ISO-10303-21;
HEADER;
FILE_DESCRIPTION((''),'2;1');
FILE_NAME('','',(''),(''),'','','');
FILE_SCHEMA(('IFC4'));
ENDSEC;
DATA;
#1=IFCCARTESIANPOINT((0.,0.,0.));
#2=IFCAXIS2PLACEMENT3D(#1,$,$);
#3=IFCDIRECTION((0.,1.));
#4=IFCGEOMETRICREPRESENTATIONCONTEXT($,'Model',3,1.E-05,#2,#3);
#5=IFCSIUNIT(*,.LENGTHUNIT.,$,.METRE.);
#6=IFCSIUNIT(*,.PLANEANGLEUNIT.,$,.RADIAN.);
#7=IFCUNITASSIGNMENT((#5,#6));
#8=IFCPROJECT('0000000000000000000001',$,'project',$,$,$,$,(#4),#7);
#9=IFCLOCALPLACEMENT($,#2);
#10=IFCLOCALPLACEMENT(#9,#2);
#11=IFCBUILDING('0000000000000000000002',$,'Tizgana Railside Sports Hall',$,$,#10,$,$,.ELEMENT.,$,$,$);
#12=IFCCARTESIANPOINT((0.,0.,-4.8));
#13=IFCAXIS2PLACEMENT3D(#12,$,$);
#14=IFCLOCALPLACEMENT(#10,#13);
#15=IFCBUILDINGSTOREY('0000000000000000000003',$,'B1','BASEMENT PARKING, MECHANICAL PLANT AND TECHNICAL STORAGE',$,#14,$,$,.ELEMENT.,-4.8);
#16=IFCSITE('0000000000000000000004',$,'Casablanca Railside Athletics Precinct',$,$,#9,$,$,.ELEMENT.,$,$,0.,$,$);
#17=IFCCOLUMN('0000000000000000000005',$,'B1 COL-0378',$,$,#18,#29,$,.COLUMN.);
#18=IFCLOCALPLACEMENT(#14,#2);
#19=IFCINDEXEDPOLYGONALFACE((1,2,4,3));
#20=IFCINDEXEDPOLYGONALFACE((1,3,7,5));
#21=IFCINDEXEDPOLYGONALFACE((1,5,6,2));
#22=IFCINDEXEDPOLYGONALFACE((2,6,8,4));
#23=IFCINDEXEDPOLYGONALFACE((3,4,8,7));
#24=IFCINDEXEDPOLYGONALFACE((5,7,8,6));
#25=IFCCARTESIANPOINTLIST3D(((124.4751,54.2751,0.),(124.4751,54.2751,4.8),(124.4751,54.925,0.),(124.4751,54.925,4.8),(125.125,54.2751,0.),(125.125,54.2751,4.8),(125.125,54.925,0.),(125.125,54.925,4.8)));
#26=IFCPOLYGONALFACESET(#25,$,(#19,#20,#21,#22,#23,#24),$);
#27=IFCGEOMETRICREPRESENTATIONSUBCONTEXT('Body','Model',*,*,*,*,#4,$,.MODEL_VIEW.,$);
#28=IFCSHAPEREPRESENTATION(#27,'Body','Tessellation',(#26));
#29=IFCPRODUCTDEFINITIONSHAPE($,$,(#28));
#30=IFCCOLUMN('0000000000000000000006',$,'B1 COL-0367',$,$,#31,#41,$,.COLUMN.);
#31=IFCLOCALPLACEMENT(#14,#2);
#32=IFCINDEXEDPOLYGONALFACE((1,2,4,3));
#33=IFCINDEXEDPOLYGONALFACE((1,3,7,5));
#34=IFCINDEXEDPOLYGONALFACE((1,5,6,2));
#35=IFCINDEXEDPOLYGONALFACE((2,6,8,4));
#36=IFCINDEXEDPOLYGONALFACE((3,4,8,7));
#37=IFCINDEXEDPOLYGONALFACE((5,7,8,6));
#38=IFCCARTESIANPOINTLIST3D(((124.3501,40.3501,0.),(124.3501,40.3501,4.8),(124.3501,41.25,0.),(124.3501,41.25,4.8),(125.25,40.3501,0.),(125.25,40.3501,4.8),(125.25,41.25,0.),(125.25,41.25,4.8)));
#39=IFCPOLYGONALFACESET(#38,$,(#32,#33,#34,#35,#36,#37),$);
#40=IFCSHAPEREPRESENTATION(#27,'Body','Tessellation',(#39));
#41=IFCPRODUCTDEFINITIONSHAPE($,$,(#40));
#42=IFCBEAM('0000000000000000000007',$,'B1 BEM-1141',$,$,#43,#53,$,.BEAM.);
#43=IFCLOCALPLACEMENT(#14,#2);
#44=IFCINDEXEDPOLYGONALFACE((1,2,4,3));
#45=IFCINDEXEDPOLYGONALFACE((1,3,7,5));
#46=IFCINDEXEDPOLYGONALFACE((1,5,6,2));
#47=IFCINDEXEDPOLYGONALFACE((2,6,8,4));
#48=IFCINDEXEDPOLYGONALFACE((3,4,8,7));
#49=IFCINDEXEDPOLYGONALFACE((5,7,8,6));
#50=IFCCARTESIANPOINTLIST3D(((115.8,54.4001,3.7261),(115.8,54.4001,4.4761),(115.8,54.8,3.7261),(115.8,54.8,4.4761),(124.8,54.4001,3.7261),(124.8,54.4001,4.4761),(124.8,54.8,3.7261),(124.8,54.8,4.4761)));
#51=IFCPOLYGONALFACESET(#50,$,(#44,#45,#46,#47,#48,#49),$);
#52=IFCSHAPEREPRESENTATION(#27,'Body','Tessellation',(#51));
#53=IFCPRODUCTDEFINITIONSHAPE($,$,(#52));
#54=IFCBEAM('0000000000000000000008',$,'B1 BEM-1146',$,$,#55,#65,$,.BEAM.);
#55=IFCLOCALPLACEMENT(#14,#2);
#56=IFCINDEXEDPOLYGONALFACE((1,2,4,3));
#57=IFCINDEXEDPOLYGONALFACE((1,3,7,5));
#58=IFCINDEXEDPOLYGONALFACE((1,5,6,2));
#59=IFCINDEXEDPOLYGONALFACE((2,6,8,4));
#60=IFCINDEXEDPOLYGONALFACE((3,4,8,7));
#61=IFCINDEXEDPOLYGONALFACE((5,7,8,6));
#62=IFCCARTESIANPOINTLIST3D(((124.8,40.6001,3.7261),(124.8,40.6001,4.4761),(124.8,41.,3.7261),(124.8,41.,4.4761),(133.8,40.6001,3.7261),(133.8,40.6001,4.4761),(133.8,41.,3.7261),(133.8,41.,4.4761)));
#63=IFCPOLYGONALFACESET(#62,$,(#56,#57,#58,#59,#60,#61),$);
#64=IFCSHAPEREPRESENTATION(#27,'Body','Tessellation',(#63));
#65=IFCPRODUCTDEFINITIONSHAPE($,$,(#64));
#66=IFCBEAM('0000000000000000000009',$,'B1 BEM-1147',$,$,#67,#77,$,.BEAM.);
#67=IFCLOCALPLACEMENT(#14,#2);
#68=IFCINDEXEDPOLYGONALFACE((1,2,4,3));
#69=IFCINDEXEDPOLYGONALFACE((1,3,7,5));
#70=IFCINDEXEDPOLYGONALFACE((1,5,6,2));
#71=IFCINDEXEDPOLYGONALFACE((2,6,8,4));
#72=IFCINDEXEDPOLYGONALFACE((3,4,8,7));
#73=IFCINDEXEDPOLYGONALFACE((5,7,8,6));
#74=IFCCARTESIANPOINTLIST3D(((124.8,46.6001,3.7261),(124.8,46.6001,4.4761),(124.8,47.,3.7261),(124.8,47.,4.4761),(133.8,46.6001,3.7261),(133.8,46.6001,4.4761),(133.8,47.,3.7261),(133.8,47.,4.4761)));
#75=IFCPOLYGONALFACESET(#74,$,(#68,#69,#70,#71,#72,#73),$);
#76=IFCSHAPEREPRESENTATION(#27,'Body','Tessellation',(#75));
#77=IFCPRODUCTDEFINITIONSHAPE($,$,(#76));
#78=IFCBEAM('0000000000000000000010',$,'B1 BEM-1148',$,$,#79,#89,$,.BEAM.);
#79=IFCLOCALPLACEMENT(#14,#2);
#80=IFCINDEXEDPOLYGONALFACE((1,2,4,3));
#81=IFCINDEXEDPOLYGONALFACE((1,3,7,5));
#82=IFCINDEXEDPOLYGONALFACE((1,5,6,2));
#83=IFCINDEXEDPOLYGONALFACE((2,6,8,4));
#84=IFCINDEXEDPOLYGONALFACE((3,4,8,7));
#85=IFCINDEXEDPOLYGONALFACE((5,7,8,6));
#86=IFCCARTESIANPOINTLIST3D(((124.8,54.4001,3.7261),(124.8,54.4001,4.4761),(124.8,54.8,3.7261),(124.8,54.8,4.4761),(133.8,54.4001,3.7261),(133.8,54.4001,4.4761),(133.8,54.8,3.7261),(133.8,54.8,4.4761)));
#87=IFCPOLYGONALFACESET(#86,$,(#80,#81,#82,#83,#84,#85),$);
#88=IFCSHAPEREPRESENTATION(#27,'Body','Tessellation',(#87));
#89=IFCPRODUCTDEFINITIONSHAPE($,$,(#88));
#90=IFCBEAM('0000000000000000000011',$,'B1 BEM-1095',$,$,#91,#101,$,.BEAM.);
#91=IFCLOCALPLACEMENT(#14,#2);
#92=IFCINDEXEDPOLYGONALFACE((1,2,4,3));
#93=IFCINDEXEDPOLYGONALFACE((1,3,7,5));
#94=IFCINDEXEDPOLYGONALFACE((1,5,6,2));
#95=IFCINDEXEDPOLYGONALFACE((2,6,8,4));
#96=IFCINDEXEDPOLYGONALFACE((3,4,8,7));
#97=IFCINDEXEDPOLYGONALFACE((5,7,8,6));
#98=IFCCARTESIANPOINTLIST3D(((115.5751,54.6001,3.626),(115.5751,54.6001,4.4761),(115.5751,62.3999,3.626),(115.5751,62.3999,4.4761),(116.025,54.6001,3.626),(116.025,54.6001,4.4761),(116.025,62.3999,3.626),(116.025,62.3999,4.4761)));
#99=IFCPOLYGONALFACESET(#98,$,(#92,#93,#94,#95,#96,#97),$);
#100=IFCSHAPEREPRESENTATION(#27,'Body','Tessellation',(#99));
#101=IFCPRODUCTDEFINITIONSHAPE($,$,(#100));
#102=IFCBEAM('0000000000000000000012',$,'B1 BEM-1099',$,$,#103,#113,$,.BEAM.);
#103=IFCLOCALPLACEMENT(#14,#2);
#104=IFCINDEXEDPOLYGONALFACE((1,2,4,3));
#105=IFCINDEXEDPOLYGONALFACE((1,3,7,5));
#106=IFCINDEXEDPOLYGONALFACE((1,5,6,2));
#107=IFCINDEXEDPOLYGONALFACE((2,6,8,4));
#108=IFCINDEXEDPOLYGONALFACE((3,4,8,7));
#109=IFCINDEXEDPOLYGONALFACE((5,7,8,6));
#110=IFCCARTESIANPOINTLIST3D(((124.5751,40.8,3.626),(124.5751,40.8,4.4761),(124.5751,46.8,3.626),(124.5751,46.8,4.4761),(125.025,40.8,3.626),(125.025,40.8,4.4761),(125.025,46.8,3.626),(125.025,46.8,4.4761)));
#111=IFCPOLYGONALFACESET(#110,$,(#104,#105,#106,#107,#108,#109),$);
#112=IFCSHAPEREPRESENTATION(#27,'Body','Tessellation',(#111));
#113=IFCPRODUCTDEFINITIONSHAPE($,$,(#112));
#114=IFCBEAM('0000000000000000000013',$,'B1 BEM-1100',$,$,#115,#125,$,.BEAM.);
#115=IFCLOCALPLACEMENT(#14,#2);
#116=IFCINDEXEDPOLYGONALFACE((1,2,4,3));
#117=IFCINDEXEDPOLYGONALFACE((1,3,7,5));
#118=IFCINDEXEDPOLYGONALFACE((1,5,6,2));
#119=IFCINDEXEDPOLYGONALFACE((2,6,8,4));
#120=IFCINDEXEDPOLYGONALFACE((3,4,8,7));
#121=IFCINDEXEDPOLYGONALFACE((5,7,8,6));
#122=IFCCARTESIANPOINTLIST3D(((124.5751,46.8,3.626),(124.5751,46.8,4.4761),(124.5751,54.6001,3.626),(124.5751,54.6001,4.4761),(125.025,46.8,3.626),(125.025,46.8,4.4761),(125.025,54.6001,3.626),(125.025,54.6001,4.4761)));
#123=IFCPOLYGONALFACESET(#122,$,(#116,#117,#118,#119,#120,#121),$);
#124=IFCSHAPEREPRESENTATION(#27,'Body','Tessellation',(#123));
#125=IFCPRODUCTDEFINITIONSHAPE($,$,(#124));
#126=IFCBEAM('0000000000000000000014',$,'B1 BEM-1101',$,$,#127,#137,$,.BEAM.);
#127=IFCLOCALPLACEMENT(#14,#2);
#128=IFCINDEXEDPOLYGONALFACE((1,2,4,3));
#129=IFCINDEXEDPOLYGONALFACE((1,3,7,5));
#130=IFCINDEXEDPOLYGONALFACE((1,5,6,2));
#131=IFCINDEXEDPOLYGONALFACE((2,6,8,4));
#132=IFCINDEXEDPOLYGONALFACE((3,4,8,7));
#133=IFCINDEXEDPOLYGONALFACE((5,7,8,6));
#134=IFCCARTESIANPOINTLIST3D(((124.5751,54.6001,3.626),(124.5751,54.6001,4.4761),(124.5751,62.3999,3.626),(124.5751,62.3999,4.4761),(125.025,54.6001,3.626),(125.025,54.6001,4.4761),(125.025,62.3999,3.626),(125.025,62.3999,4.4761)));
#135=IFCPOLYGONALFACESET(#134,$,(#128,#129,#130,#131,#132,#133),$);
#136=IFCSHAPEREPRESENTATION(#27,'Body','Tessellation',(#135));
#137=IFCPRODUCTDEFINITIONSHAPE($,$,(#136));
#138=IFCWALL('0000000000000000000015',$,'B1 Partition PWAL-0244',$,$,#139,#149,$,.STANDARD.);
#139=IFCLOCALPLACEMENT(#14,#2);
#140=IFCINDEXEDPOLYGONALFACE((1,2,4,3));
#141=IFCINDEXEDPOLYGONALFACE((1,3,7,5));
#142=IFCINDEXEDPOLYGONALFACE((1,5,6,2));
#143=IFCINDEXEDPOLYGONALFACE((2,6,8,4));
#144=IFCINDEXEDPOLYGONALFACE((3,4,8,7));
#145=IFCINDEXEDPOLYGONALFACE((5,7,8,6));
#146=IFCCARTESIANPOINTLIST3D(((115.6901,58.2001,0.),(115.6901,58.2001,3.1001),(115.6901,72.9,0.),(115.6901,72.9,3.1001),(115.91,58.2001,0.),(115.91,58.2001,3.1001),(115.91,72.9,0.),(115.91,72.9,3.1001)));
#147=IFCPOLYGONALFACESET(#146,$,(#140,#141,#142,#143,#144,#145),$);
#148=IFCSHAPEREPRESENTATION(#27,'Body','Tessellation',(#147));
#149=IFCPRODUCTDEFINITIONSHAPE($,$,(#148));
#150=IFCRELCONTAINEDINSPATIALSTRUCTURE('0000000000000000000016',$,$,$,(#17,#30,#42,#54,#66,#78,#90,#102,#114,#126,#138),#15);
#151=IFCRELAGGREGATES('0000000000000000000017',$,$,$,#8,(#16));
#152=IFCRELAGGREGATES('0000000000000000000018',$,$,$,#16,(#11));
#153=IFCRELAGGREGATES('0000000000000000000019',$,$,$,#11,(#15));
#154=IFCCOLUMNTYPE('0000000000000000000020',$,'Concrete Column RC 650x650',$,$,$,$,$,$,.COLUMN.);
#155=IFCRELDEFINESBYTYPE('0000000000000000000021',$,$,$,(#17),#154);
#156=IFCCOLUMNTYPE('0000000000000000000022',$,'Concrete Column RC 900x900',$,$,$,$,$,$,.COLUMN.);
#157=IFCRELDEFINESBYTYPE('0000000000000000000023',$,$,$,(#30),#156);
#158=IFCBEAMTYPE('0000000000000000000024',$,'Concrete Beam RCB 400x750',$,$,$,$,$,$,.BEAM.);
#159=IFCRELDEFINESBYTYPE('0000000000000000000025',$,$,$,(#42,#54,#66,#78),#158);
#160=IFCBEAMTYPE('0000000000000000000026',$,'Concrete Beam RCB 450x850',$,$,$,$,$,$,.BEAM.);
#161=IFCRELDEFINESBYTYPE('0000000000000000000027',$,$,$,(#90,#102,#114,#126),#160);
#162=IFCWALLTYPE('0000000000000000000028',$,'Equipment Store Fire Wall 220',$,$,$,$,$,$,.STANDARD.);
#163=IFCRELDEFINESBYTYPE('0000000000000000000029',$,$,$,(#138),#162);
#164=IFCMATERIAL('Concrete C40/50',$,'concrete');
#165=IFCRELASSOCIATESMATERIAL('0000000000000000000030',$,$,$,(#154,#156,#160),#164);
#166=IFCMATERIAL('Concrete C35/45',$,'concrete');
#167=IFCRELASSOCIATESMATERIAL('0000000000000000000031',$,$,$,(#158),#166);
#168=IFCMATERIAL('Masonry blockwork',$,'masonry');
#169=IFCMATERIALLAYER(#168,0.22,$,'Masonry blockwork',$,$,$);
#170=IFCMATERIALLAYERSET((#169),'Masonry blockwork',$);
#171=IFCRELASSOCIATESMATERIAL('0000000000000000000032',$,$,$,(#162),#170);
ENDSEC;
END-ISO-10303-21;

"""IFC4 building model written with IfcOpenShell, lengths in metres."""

from ifc_helpers import new_model, si_unit, direction, frame, frame_2d, origin, origin_2d, place, context, subcontext, project, spatial, rectangle, extrude, material, layer, layer_set, material_profile, profile_set, type_object, element, save


model = new_model("IFC4")

# Units and contexts
model_context = context("Model", 3, precision=1e-05, world=origin(), true_north=direction((0.0, 1.0)))
body_context = subcontext(model_context, "Body", "Model", "MODEL_VIEW")
ifc_project = project(units=[si_unit("LENGTHUNIT", "METRE"), si_unit("PLANEANGLEUNIT", "RADIAN")], contexts=[model_context])

# Site, building, storey
site_placement = place(None, origin())
site = spatial("IfcSite", under=ifc_project, at=site_placement, Name="Casablanca Railside Athletics Precinct", CompositionType="ELEMENT", RefElevation=0.0)
building_placement = place(site_placement, origin())
building = spatial("IfcBuilding", under=site, at=building_placement, Name="Tizgana Railside Sports Hall", CompositionType="ELEMENT")
storey_placement = place(building_placement, frame((0.0, 0.0, -4.8)))
storey = spatial("IfcBuildingStorey", under=building, at=storey_placement, Name="B1", Description="BASEMENT PARKING, MECHANICAL PLANT AND TECHNICAL STORAGE", CompositionType="ELEMENT", Elevation=-4.8)

# Shared definitions
ifc_material_1 = material(Name="Concrete C35/45", Category="concrete")

# Columns
ifc_material_2 = material(Name="Concrete C40/50", Category="concrete")
ifc_material_profile_1 = material_profile(ifc_material_2, rectangle(XDim=0.6499, YDim=0.6499, at=origin_2d()), Name="RC 650x650")
ifc_profile_set_1 = profile_set([ifc_material_profile_1], Name="Concrete C40/50")
column_type_1 = type_object("IfcColumnType", Name="Concrete Column RC 650x650", PredefinedType="COLUMN", material=ifc_profile_set_1)
for number, where, z_axis, x_axis, name in (
    (1, (124.8, 54.6001, 0.0), (0.0, 0.0, 1.0), (1.0, 0.0, 0.0), "B1 COL-0378"),
):
    element("IfcColumn", number, at=place(storey_placement, frame(where, z_axis=z_axis, x_axis=x_axis)), inside=storey, type_object=column_type_1, Name=name, PredefinedType="COLUMN", context=body_context, shape_type="SweptSolid", body=[
        extrude(rectangle(XDim=0.6499, YDim=0.6499, at=origin_2d()), origin(), (0.0, 0.0, 1.0), 4.8),
    ])
ifc_material_profile_2 = material_profile(ifc_material_2, rectangle(XDim=0.8999, YDim=0.8999, at=origin_2d()), Name="RC 900x900")
ifc_profile_set_2 = profile_set([ifc_material_profile_2], Name="Concrete C40/50")
column_type_2 = type_object("IfcColumnType", Name="Concrete Column RC 900x900", PredefinedType="COLUMN", material=ifc_profile_set_2)
column_placement = place(storey_placement, frame((124.8, 40.8, 0.0), z_axis=(0.0, 0.0, 1.0), x_axis=(1.0, 0.0, 0.0)))
element("IfcColumn", 2, at=column_placement, inside=storey, type_object=column_type_2, Name="B1 COL-0367", PredefinedType="COLUMN", context=body_context, shape_type="SweptSolid", body=[
    extrude(rectangle(XDim=0.8999, YDim=0.8999, at=origin_2d()), origin(), (0.0, 0.0, 1.0), 4.8),
])

# Beams
ifc_material_profile_3 = material_profile(ifc_material_1, rectangle(XDim=0.3999, YDim=0.75, at=origin_2d()), Name="RCB 400x750")
ifc_profile_set_3 = profile_set([ifc_material_profile_3], Name="Concrete C35/45")
beam_type_1 = type_object("IfcBeamType", Name="Concrete Beam RCB 400x750", PredefinedType="BEAM", material=ifc_profile_set_3)
for number, where, z_axis, x_axis, name in (
    (3, (115.8, 54.6001, 4.1011), (1.0, 0.0, 0.0), (0.0, 1.0, 0.0), "B1 BEM-1141"),
    (4, (124.8, 40.8, 4.1011), (1.0, 0.0, 0.0), (0.0, 1.0, 0.0), "B1 BEM-1146"),
    (5, (124.8, 46.8, 4.1011), (1.0, 0.0, 0.0), (0.0, 1.0, 0.0), "B1 BEM-1147"),
    (6, (124.8, 54.6001, 4.1011), (1.0, 0.0, 0.0), (0.0, 1.0, 0.0), "B1 BEM-1148"),
):
    element("IfcBeam", number, at=place(storey_placement, frame(where, z_axis=z_axis, x_axis=x_axis)), inside=storey, type_object=beam_type_1, Name=name, PredefinedType="BEAM", context=body_context, shape_type="SweptSolid", body=[
        extrude(rectangle(XDim=0.3999, YDim=0.75, at=origin_2d()), origin(), (0.0, 0.0, 1.0), 9.0),
    ])
ifc_material_profile_4 = material_profile(ifc_material_2, rectangle(XDim=0.45, YDim=0.8501, at=origin_2d()), Name="RCB 450x850")
ifc_profile_set_4 = profile_set([ifc_material_profile_4], Name="Concrete C40/50")
beam_type_2 = type_object("IfcBeamType", Name="Concrete Beam RCB 450x850", PredefinedType="BEAM", material=ifc_profile_set_4)
beam_1_placement = place(storey_placement, frame((115.8, 54.6001, 4.051), z_axis=(0.0, 1.0, 0.0), x_axis=(-1.0, 0.0, 0.0)))
element("IfcBeam", 7, at=beam_1_placement, inside=storey, type_object=beam_type_2, Name="B1 BEM-1095", PredefinedType="BEAM", context=body_context, shape_type="SweptSolid", body=[
    extrude(rectangle(XDim=0.45, YDim=0.8501, at=origin_2d()), origin(), (0.0, 0.0, 1.0), 7.7998),
])
beam_2_placement = place(storey_placement, frame((124.8, 40.8, 4.051), z_axis=(0.0, 1.0, 0.0), x_axis=(-1.0, 0.0, 0.0)))
element("IfcBeam", 8, at=beam_2_placement, inside=storey, type_object=beam_type_2, Name="B1 BEM-1099", PredefinedType="BEAM", context=body_context, shape_type="SweptSolid", body=[
    extrude(rectangle(XDim=0.45, YDim=0.8501, at=origin_2d()), origin(), (0.0, 0.0, 1.0), 6.0),
])
beam_3_placement = place(storey_placement, frame((124.8, 46.8, 4.051), z_axis=(0.0, 1.0, 0.0), x_axis=(-1.0, 0.0, 0.0)))
element("IfcBeam", 9, at=beam_3_placement, inside=storey, type_object=beam_type_2, Name="B1 BEM-1100", PredefinedType="BEAM", context=body_context, shape_type="SweptSolid", body=[
    extrude(rectangle(XDim=0.45, YDim=0.8501, at=origin_2d()), origin(), (0.0, 0.0, 1.0), 7.8),
])
beam_4_placement = place(storey_placement, frame((124.8, 54.6001, 4.051), z_axis=(0.0, 1.0, 0.0), x_axis=(-1.0, 0.0, 0.0)))
element("IfcBeam", 10, at=beam_4_placement, inside=storey, type_object=beam_type_2, Name="B1 BEM-1101", PredefinedType="BEAM", context=body_context, shape_type="SweptSolid", body=[
    extrude(rectangle(XDim=0.45, YDim=0.8501, at=origin_2d()), origin(), (0.0, 0.0, 1.0), 7.7998),
])

# Wall
ifc_material_3 = material(Name="Masonry blockwork", Category="masonry")
ifc_layer = layer(ifc_material_3, 0.22, Name="Masonry blockwork")
ifc_layer_set = layer_set([ifc_layer], Name="Masonry blockwork")
wall_type = type_object("IfcWallType", Name="Equipment Store Fire Wall 220", PredefinedType="STANDARD", material=ifc_layer_set)
wall_placement = place(storey_placement, frame((115.8, 58.2, 0.0), z_axis=(0.0, 0.0, 1.0), x_axis=(0.0, 1.0, 0.0)))
element("IfcWall", 11, at=wall_placement, inside=storey, type_object=wall_type, Name="B1 Partition PWAL-0244", PredefinedType="STANDARD", context=body_context, shape_type="SweptSolid", body=[
    extrude(rectangle(XDim=14.7, YDim=0.22, at=frame_2d((7.3501, 0.0))), origin(), (0.0, 0.0, 1.0), 3.1001),
])

save(model, "model.ifc")
